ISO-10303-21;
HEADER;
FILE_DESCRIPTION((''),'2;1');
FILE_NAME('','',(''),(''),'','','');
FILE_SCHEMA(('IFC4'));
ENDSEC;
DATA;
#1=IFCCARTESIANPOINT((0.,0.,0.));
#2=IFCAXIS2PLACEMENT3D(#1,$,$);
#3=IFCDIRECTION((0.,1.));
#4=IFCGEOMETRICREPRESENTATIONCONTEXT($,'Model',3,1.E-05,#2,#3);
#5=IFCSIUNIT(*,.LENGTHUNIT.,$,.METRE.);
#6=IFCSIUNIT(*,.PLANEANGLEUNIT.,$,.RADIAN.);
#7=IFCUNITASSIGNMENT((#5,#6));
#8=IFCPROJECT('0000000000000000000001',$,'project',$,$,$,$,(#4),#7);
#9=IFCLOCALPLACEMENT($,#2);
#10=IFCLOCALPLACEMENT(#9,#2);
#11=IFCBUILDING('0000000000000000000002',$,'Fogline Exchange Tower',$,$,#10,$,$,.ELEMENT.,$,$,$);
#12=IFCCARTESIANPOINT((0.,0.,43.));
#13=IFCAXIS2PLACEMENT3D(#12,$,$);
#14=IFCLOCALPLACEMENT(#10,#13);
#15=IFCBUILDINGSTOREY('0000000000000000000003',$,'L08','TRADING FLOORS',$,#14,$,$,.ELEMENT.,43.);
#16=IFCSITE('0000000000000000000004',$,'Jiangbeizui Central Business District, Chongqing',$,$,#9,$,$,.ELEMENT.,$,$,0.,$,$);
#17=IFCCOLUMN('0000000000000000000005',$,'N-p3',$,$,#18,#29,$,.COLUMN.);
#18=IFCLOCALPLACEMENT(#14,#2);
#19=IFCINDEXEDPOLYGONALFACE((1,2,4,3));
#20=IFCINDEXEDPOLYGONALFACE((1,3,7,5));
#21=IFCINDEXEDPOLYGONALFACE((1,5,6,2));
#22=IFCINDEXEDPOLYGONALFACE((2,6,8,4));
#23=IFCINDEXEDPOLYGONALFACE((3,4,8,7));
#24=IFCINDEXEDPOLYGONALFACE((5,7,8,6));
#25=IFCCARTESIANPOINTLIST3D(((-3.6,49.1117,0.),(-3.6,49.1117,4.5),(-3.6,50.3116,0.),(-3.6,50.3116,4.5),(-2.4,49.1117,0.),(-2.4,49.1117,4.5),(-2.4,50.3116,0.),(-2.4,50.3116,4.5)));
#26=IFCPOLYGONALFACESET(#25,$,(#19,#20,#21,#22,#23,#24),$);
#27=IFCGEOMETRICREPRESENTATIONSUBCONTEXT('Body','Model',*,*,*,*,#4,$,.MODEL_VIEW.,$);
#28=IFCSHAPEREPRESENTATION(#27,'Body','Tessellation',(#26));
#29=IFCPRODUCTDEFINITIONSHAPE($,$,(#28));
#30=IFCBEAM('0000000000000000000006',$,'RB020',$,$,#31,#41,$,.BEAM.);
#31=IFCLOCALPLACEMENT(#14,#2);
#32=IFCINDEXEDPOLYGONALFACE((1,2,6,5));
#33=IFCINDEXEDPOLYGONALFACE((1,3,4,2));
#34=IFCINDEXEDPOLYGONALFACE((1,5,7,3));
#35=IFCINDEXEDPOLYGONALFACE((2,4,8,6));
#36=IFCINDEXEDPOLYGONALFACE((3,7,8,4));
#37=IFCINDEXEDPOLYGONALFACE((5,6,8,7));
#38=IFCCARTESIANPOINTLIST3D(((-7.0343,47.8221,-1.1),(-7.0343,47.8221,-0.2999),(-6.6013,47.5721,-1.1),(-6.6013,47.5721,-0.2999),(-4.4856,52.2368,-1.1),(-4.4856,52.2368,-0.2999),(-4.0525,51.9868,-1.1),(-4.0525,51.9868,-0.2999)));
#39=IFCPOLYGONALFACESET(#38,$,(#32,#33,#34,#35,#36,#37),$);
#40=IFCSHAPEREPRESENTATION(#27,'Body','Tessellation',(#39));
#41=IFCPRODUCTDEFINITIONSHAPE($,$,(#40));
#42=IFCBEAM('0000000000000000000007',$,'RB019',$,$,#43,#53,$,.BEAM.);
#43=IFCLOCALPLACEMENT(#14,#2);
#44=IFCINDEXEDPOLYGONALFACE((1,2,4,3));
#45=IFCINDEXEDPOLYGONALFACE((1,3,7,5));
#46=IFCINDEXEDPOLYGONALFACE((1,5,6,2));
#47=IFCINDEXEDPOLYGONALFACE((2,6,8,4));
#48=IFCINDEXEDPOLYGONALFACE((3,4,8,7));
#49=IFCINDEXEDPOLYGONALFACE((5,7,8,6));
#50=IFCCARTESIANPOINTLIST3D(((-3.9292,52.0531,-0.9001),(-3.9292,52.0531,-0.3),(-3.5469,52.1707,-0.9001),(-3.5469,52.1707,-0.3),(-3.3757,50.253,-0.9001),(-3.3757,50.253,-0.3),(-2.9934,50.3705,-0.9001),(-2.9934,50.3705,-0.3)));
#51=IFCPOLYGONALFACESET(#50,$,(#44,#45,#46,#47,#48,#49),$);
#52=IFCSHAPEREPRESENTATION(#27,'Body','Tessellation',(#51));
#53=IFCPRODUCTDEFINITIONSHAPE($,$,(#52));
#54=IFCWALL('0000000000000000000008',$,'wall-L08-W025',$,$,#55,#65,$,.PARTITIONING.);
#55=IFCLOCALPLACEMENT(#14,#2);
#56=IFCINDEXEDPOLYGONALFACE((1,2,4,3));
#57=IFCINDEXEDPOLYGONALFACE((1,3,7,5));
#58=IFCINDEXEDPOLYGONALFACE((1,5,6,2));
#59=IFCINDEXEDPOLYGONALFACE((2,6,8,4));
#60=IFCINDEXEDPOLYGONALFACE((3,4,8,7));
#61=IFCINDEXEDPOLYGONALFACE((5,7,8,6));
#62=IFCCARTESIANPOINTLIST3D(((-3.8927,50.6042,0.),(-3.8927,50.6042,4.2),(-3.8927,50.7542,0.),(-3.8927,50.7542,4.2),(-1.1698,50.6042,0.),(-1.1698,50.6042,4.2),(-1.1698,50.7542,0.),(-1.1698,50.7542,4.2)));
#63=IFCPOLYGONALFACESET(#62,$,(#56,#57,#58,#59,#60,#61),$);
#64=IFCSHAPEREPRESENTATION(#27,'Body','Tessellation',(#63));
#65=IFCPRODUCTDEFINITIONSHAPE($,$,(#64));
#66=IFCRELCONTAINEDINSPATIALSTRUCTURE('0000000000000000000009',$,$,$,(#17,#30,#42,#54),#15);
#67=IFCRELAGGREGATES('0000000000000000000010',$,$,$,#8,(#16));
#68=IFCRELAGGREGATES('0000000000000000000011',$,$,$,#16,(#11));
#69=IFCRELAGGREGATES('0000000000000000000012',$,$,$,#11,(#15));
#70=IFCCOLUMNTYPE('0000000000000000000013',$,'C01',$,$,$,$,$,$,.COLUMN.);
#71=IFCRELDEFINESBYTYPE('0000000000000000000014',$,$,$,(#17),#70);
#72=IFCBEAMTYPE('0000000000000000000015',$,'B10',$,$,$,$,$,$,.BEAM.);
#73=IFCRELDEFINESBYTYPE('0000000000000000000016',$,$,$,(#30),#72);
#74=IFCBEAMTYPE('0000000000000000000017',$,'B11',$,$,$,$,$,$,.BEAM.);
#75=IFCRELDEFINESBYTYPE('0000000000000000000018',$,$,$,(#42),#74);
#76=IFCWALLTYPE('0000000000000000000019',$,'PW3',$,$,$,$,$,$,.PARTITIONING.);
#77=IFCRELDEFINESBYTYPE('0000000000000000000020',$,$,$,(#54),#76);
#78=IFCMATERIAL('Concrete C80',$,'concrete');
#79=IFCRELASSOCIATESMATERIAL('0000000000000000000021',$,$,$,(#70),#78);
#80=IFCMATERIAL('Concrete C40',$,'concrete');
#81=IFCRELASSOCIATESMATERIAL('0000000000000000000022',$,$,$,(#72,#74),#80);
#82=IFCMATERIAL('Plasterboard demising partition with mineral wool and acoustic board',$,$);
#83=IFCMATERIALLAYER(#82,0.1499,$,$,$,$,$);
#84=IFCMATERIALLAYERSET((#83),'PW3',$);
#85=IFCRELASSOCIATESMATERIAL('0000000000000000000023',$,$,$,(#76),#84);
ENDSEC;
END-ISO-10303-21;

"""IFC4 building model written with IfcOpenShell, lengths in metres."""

from ifc_helpers import new_model, si_unit, direction, frame, frame_2d, origin, origin_2d, place, context, subcontext, project, spatial, rectangle, extrude, material, layer, layer_set, material_profile, profile_set, type_object, element, save


model = new_model("IFC4")

# Units and contexts
model_context = context("Model", 3, precision=1e-05, world=origin(), true_north=direction((0.0, 1.0)))
body_context = subcontext(model_context, "Body", "Model", "MODEL_VIEW")
ifc_project = project(units=[si_unit("LENGTHUNIT", "METRE"), si_unit("PLANEANGLEUNIT", "RADIAN")], contexts=[model_context])

# Site, building, storey
site_placement = place(None, origin())
site = spatial("IfcSite", under=ifc_project, at=site_placement, Name="Jiangbeizui Central Business District, Chongqing", CompositionType="ELEMENT", RefElevation=0.0)
building_placement = place(site_placement, origin())
building = spatial("IfcBuilding", under=site, at=building_placement, Name="Fogline Exchange Tower", CompositionType="ELEMENT")
storey_placement = place(building_placement, frame((0.0, 0.0, 43.0)))
storey = spatial("IfcBuildingStorey", under=building, at=storey_placement, Name="L08", Description="TRADING FLOORS", CompositionType="ELEMENT", Elevation=43.0)

# Column
ifc_material_1 = material(Name="Concrete C80", Category="concrete")
ifc_material_profile_1 = material_profile(ifc_material_1, rectangle(XDim=1.2, YDim=1.2, at=origin_2d()), Name="RC 1200x1200")
ifc_profile_set_1 = profile_set([ifc_material_profile_1], Name="Concrete C80")
column_type = type_object("IfcColumnType", Name="C01", PredefinedType="COLUMN", material=ifc_profile_set_1)
column_placement = place(storey_placement, frame((-3.0, 49.7117, 0.0), z_axis=(0.0, 0.0, 1.0), x_axis=(1.0, 0.0, 0.0)))
element("IfcColumn", 1, at=column_placement, inside=storey, type_object=column_type, Name="N-p3", PredefinedType="COLUMN", context=body_context, shape_type="SweptSolid", body=[
    extrude(rectangle(XDim=1.2, YDim=1.2, at=origin_2d()), origin(), (0.0, 0.0, 1.0), 4.5),
])

# Beams
ifc_material_2 = material(Name="Concrete C40", Category="concrete")
ifc_material_profile_2 = material_profile(ifc_material_2, rectangle(XDim=0.5, YDim=0.8, at=origin_2d()), Name="RC 500x800")
ifc_profile_set_2 = profile_set([ifc_material_profile_2], Name="Concrete C40")
beam_type_1 = type_object("IfcBeamType", Name="B10", PredefinedType="BEAM", material=ifc_profile_set_2)
beam_1_placement = place(storey_placement, frame((-4.269, 52.1118, -0.7), z_axis=(-0.499992, -0.86603, 0.0), x_axis=(0.86603, -0.499992, 0.0)))
element("IfcBeam", 2, at=beam_1_placement, inside=storey, type_object=beam_type_1, Name="RB020", PredefinedType="BEAM", context=body_context, shape_type="SweptSolid", body=[
    extrude(rectangle(XDim=0.5, YDim=0.8, at=origin_2d()), origin(), (0.0, 0.0, 1.0), 5.0977),
])
ifc_material_profile_3 = material_profile(ifc_material_2, rectangle(XDim=0.3999, YDim=0.6001, at=origin_2d()), Name="RC 400x600")
ifc_profile_set_3 = profile_set([ifc_material_profile_3], Name="Concrete C40")
beam_type_2 = type_object("IfcBeamType", Name="B11", PredefinedType="BEAM", material=ifc_profile_set_3)
beam_2_placement = place(storey_placement, frame((-3.1846, 50.3118, -0.6001), z_axis=(-0.293895, 0.955838, 0.0), x_axis=(-0.955838, -0.293895, 0.0)))
element("IfcBeam", 3, at=beam_2_placement, inside=storey, type_object=beam_type_2, Name="RB019", PredefinedType="BEAM", context=body_context, shape_type="SweptSolid", body=[
    extrude(rectangle(XDim=0.3999, YDim=0.6001, at=origin_2d()), origin(), (0.0, 0.0, 1.0), 1.8833),
])

# Wall
ifc_material_3 = material(Name="Plasterboard demising partition with mineral wool and acoustic board")
ifc_layer = layer(ifc_material_3, 0.1499)
ifc_layer_set = layer_set([ifc_layer], Name="PW3")
wall_type = type_object("IfcWallType", Name="PW3", PredefinedType="PARTITIONING", material=ifc_layer_set)
wall_placement = place(storey_placement, frame((-3.8926, 50.6792, 0.0), z_axis=(0.0, 0.0, 1.0), x_axis=(1.0, 0.0, 0.0)))
element("IfcWall", 4, at=wall_placement, inside=storey, type_object=wall_type, Name="wall-L08-W025", PredefinedType="PARTITIONING", context=body_context, shape_type="SweptSolid", body=[
    extrude(rectangle(XDim=2.7229, YDim=0.1499, at=frame_2d((1.3613, 0.0))), origin(), (0.0, 0.0, 1.0), 4.2),
])

save(model, "model.ifc")
